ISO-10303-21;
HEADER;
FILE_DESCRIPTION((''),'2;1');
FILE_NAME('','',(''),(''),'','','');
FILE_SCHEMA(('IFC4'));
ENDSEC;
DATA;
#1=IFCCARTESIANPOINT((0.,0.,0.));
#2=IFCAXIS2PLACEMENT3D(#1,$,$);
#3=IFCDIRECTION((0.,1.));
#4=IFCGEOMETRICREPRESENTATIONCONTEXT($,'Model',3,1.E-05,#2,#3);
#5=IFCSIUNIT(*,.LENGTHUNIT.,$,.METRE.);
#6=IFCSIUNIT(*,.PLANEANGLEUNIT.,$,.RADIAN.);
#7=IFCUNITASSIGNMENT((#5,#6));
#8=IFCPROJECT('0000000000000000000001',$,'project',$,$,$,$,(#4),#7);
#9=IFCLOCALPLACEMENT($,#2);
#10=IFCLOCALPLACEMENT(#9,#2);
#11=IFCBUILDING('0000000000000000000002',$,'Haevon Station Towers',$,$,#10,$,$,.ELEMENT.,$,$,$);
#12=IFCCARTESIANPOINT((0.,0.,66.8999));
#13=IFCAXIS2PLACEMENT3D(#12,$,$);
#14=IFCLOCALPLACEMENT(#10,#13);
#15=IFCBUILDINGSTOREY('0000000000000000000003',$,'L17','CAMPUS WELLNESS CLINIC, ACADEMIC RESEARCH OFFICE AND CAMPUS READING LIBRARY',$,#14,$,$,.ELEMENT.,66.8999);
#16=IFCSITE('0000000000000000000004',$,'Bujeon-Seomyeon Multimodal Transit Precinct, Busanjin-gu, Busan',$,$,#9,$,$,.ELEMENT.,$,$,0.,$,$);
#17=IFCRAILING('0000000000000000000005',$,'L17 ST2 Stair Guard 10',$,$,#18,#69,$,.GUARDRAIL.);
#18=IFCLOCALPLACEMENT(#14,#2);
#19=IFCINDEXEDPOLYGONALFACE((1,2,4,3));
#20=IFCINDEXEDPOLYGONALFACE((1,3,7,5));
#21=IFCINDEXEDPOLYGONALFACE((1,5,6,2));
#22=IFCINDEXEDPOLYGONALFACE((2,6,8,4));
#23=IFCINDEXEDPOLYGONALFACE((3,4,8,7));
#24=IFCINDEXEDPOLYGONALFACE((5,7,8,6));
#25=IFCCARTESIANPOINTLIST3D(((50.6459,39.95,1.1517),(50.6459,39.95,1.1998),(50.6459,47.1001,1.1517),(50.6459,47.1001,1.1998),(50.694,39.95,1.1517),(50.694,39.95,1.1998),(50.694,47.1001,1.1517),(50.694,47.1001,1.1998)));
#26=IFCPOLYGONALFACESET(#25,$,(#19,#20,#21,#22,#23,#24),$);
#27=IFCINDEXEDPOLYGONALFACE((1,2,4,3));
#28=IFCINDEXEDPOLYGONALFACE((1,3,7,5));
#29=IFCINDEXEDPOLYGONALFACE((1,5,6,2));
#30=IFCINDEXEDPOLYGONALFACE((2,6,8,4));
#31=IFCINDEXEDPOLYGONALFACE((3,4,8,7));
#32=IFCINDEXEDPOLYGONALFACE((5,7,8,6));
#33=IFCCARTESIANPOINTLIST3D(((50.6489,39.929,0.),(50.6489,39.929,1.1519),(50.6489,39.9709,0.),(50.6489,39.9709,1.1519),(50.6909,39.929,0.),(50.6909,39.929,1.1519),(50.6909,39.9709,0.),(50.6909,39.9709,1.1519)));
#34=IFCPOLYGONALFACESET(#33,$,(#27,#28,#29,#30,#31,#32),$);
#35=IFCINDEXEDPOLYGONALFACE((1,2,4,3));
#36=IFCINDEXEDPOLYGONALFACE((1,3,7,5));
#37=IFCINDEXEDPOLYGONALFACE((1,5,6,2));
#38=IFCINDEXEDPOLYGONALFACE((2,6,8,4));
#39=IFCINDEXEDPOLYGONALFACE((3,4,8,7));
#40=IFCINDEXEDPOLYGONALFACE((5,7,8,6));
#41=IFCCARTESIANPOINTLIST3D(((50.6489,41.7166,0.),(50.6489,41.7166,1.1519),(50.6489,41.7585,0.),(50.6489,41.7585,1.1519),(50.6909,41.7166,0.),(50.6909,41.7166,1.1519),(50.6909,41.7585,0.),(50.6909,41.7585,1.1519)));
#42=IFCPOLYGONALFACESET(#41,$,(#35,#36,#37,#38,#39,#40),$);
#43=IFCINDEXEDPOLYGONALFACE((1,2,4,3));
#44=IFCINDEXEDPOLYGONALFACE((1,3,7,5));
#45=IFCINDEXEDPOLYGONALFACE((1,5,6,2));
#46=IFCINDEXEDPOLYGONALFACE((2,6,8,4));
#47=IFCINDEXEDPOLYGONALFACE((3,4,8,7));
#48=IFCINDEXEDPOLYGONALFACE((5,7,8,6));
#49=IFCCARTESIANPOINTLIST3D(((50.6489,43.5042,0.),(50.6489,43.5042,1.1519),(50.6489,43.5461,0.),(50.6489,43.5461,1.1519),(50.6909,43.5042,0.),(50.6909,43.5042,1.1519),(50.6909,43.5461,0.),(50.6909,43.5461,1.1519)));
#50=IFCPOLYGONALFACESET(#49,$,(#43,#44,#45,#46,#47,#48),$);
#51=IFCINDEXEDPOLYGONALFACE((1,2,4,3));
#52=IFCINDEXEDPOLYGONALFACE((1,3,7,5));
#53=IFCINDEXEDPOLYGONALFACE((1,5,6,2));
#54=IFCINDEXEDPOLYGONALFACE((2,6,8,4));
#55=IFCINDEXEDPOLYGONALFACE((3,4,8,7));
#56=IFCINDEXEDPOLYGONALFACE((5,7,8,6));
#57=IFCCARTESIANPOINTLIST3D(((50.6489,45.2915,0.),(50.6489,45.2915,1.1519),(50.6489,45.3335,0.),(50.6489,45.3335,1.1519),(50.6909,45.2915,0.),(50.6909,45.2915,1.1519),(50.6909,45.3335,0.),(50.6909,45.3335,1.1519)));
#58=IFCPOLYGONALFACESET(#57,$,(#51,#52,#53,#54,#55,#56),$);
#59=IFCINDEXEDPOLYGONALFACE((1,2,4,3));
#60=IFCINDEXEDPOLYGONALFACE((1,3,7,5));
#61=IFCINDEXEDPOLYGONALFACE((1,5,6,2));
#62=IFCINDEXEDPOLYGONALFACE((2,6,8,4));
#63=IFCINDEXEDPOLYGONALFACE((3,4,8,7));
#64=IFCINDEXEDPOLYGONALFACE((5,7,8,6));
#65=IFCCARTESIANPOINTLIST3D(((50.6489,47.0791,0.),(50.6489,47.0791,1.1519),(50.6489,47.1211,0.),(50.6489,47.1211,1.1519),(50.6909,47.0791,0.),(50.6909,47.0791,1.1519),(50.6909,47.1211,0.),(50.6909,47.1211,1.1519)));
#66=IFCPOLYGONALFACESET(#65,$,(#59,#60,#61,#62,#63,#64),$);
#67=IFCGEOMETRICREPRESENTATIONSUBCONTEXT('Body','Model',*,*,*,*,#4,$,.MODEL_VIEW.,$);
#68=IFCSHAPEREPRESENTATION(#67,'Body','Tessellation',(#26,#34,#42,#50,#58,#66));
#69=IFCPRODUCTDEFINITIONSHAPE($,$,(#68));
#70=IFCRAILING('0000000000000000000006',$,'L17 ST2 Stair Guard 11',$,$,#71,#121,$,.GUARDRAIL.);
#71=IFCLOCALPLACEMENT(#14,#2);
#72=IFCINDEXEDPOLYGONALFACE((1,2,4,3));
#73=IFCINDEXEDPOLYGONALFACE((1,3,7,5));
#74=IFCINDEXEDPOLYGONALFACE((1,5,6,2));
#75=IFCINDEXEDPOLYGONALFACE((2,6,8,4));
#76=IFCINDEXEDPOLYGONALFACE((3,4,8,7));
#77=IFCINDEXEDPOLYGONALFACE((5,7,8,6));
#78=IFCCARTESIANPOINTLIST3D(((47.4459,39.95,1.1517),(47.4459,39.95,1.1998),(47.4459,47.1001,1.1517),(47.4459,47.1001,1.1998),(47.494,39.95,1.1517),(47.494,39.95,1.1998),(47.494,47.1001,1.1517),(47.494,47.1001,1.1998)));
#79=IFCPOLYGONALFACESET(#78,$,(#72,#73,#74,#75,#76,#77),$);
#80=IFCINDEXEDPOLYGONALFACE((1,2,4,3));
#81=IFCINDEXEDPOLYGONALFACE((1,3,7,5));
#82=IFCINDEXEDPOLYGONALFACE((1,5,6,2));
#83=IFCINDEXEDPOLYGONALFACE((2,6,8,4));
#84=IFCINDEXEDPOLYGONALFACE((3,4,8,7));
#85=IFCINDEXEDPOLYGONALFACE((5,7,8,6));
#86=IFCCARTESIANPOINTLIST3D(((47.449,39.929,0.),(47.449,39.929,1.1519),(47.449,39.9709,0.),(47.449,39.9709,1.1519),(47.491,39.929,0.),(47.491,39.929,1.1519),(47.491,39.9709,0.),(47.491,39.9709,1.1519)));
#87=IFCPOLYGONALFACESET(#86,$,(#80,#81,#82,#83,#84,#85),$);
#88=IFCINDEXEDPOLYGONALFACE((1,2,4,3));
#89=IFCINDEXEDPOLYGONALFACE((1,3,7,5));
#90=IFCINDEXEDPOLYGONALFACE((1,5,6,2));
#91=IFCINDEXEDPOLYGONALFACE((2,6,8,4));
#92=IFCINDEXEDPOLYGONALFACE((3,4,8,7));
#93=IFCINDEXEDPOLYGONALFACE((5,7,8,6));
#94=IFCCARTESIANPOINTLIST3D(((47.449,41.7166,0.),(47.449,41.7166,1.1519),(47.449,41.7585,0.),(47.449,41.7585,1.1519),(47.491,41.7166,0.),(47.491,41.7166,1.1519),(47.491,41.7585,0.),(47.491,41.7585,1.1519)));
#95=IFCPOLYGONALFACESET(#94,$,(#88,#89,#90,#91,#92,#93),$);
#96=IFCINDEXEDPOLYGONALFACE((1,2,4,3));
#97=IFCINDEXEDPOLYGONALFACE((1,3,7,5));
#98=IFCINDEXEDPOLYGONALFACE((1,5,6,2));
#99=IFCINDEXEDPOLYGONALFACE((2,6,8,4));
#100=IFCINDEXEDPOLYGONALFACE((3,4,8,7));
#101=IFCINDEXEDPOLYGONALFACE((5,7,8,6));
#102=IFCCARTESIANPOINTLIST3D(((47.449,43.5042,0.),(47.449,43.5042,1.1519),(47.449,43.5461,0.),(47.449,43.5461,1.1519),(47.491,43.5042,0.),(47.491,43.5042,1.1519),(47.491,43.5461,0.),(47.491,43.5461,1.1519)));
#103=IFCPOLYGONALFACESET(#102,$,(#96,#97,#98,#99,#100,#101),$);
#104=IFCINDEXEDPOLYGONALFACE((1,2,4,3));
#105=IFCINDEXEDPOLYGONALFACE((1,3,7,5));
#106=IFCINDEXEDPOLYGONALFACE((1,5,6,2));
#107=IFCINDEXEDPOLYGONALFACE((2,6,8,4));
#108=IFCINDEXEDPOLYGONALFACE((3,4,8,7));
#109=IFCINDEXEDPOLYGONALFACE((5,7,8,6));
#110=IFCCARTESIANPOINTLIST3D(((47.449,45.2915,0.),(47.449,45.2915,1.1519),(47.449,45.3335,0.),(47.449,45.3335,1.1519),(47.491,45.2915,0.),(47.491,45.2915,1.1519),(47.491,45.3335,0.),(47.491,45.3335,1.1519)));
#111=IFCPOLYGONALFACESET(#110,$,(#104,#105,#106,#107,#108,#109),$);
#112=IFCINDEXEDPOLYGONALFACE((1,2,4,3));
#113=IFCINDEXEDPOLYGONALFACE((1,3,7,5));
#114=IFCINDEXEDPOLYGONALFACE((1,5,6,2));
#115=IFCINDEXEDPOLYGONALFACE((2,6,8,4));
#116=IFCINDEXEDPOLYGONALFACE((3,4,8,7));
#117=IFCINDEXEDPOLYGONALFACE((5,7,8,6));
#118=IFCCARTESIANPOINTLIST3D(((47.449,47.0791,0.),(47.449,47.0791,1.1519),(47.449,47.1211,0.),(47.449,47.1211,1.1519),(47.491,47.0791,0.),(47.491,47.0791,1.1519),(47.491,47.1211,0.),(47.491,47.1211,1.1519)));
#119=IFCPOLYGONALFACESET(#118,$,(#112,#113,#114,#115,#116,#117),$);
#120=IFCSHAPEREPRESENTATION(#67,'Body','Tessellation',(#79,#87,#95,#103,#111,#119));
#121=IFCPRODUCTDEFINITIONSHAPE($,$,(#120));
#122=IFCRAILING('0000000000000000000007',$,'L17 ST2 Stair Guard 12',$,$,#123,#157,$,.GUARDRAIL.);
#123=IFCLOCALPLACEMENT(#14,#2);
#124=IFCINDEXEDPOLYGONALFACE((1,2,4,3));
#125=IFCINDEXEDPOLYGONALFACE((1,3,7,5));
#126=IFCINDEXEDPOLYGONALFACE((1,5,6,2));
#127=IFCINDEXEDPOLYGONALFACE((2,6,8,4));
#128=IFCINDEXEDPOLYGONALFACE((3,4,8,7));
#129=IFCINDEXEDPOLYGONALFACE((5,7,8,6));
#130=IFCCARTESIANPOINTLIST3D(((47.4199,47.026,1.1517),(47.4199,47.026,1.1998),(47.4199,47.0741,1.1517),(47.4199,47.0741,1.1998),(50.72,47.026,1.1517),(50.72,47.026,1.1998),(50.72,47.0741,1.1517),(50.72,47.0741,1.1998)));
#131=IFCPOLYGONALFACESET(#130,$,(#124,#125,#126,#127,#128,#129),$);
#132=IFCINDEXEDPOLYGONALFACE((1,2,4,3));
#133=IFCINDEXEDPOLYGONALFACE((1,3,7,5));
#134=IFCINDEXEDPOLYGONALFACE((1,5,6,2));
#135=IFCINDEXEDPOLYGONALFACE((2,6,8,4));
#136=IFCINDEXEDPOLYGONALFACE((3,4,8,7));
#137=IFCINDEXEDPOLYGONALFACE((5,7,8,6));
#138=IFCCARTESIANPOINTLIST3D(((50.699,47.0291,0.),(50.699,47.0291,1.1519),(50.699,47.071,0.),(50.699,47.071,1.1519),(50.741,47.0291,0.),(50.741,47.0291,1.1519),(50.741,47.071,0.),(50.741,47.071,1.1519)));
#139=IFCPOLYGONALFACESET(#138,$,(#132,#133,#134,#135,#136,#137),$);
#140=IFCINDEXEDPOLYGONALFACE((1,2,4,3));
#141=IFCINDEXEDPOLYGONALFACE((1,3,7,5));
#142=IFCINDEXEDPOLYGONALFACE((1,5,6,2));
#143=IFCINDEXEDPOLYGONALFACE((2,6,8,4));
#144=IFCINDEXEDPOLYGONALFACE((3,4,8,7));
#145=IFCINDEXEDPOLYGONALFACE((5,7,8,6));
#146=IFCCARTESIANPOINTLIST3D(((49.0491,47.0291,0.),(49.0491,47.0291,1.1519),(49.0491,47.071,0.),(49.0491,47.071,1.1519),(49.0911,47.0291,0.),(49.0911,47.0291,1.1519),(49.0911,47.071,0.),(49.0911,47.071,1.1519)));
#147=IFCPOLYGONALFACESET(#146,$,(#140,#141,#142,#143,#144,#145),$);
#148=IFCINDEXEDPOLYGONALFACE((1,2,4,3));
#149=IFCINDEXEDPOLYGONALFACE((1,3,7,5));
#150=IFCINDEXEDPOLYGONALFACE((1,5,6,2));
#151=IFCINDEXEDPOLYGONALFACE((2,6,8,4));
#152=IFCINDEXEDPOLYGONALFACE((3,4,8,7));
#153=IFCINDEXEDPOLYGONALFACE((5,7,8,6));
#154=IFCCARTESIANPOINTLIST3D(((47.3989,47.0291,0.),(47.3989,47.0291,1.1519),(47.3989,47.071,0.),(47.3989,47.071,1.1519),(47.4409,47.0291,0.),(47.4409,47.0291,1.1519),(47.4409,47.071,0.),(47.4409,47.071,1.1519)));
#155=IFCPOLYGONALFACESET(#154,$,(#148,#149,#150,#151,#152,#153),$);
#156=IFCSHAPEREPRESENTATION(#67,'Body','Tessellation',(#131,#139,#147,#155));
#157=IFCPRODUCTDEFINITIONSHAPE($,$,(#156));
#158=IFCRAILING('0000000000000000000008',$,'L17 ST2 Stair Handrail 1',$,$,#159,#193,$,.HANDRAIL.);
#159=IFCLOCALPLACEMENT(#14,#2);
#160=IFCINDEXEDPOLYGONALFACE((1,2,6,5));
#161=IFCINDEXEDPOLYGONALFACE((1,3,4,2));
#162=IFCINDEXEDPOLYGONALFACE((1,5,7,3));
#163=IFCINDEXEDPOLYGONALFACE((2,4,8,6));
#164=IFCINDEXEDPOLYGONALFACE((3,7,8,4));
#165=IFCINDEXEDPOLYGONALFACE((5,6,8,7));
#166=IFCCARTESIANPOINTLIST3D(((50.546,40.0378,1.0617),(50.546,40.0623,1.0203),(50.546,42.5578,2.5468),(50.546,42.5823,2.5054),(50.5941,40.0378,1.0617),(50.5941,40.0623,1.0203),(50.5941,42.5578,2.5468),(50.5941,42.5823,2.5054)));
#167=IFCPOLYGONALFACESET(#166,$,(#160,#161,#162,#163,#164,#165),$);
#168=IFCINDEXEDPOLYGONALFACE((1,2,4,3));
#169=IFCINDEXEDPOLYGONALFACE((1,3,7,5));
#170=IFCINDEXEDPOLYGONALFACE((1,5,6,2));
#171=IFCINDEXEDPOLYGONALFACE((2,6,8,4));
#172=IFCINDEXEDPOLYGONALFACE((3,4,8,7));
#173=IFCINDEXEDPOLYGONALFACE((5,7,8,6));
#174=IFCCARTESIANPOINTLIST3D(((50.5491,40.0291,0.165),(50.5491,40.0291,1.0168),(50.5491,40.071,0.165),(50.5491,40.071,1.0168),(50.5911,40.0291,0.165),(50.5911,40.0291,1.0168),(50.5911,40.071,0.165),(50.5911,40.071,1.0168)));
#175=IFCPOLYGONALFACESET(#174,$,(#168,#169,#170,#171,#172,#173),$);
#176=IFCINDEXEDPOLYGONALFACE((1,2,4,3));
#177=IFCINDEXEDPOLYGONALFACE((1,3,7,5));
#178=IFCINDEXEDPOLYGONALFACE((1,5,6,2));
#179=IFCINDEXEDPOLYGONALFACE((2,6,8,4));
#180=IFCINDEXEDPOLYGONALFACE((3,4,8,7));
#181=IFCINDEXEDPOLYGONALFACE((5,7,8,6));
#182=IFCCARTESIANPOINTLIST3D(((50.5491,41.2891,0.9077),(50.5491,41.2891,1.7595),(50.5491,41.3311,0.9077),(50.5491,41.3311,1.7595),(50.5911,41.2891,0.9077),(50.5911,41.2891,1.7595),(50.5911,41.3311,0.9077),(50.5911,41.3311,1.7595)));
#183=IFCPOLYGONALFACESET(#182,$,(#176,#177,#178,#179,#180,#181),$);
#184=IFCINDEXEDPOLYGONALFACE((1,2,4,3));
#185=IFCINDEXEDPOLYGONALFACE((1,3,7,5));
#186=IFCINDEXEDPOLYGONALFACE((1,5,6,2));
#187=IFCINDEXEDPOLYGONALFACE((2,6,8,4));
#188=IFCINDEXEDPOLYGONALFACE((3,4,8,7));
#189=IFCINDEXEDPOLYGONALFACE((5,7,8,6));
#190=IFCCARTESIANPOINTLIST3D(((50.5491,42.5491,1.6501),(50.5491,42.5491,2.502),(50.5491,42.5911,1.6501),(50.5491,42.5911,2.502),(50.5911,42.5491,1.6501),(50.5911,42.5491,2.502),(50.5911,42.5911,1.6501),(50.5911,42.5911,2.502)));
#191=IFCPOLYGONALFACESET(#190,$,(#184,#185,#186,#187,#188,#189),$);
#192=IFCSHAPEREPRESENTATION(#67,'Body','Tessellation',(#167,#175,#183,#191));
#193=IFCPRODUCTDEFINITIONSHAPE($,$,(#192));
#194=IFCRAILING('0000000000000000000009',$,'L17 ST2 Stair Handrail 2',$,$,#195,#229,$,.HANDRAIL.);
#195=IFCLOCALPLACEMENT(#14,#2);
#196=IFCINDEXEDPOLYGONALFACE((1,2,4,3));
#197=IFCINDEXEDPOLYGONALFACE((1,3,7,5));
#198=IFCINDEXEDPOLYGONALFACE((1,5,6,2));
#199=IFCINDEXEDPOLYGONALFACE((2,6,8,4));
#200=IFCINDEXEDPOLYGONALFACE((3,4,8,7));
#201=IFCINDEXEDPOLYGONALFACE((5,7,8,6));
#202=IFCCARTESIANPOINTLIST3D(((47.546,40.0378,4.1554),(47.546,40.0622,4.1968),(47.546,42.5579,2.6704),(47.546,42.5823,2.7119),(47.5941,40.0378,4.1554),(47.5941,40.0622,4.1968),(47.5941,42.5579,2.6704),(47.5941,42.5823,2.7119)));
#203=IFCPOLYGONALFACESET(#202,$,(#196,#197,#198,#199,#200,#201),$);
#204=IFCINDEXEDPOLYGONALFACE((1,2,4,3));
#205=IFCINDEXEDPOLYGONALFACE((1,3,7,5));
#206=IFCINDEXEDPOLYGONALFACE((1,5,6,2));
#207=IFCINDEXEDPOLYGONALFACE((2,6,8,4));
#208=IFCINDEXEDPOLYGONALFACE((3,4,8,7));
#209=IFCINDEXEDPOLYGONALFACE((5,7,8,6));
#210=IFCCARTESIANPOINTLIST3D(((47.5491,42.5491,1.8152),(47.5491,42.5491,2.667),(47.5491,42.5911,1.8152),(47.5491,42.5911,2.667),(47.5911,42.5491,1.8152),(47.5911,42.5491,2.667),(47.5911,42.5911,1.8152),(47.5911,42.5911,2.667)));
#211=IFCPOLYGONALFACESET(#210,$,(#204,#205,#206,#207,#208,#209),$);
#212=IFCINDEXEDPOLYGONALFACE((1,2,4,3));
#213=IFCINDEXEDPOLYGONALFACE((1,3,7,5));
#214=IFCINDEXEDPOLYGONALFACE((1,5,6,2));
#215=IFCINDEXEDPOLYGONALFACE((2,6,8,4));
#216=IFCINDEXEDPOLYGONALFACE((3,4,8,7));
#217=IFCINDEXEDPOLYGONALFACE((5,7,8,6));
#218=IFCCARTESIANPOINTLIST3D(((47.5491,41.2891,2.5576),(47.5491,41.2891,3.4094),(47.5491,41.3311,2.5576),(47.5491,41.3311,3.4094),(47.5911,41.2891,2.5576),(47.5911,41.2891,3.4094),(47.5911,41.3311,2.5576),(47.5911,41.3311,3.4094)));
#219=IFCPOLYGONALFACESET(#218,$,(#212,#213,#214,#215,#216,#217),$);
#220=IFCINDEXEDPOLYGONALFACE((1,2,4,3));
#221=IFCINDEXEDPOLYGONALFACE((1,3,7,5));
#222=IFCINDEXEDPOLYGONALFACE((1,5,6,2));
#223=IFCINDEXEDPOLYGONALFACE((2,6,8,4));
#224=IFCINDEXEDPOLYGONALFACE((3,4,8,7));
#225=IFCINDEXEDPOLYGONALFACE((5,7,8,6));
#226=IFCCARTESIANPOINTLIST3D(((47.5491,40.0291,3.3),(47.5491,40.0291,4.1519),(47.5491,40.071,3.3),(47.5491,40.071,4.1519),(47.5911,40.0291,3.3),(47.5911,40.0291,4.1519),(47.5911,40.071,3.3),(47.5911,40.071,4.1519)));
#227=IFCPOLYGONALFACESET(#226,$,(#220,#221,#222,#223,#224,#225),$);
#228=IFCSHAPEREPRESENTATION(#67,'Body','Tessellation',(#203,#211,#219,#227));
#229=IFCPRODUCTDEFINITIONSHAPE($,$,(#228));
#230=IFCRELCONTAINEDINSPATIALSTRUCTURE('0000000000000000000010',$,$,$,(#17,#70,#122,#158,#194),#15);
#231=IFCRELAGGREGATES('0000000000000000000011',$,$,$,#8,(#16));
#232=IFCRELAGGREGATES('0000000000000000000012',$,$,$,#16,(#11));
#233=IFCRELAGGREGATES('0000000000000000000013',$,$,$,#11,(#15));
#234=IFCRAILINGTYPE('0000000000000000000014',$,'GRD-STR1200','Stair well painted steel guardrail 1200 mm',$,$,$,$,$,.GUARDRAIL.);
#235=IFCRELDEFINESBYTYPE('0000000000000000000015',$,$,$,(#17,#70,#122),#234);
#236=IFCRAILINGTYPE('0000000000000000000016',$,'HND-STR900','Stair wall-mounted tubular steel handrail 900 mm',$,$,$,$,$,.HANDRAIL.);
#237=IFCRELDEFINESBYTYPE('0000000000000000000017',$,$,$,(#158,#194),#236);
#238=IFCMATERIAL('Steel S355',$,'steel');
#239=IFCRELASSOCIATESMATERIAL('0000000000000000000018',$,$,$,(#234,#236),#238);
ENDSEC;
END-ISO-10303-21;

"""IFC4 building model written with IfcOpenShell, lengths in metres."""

from ifc_helpers import new_model, si_unit, direction, frame, origin, origin_2d, place, context, subcontext, project, spatial, rectangle, extrude, material, type_object, element, save


model = new_model("IFC4")

# Units and contexts
model_context = context("Model", 3, precision=1e-05, world=origin(), true_north=direction((0.0, 1.0)))
body_context = subcontext(model_context, "Body", "Model", "MODEL_VIEW")
ifc_project = project(units=[si_unit("LENGTHUNIT", "METRE"), si_unit("PLANEANGLEUNIT", "RADIAN")], contexts=[model_context])

# Site, building, storey
site_placement = place(None, origin())
site = spatial("IfcSite", under=ifc_project, at=site_placement, Name="Bujeon-Seomyeon Multimodal Transit Precinct, Busanjin-gu, Busan", CompositionType="ELEMENT", RefElevation=0.0)
building_placement = place(site_placement, origin())
building = spatial("IfcBuilding", under=site, at=building_placement, Name="Haevon Station Towers", CompositionType="ELEMENT")
storey_placement = place(building_placement, frame((0.0, 0.0, 66.8999)))
storey = spatial("IfcBuildingStorey", under=building, at=storey_placement, Name="L17", Description="CAMPUS WELLNESS CLINIC, ACADEMIC RESEARCH OFFICE AND CAMPUS READING LIBRARY", CompositionType="ELEMENT", Elevation=66.8999)

# Shared definitions
ifc_material_1 = material(Name="Steel S355", Category="steel")

# Railings
railing_type_1 = type_object("IfcRailingType", Name="GRD-STR1200", Description="Stair well painted steel guardrail 1200 mm", PredefinedType="GUARDRAIL", material=ifc_material_1)
for number, where, name in (
    (1, (50.6699, 39.95, 0.0), "L17 ST2 Stair Guard 10"),
    (2, (47.47, 39.95, 0.0), "L17 ST2 Stair Guard 11"),
):
    element("IfcRailing", number, at=place(storey_placement, frame(where)), inside=storey, type_object=railing_type_1, Name=name, PredefinedType="GUARDRAIL", context=body_context, shape_type="SweptSolid", body=[
        extrude(rectangle(XDim=0.0481, YDim=0.0481, at=origin_2d()), frame((0.0, 0.0, 1.1758), z_axis=(0.0, 1.0, 0.0), x_axis=(-1.0, 0.0, 0.0)), (0.0, 0.0, 1.0), 7.1501),
        extrude(rectangle(XDim=0.042, YDim=0.042, at=origin_2d()), origin(), (0.0, 0.0, 1.0), 1.1519),
        extrude(rectangle(XDim=0.042, YDim=0.042, at=origin_2d()), frame((0.0, 1.7876, 0.0)), (0.0, 0.0, 1.0), 1.1519),
        extrude(rectangle(XDim=0.042, YDim=0.042, at=origin_2d()), frame((0.0, 3.5752, 0.0)), (0.0, 0.0, 1.0), 1.1519),
        extrude(rectangle(XDim=0.042, YDim=0.042, at=origin_2d()), frame((0.0, 5.3625, 0.0)), (0.0, 0.0, 1.0), 1.1519),
        extrude(rectangle(XDim=0.042, YDim=0.042, at=origin_2d()), frame((0.0, 7.1501, 0.0)), (0.0, 0.0, 1.0), 1.1519),
    ])
railing_1_placement = place(storey_placement, frame((50.72, 47.05, 0.0)))
element("IfcRailing", 3, at=railing_1_placement, inside=storey, type_object=railing_type_1, Name="L17 ST2 Stair Guard 12", PredefinedType="GUARDRAIL", context=body_context, shape_type="SweptSolid", body=[
    extrude(rectangle(XDim=0.0481, YDim=0.0481, at=origin_2d()), frame((0.0, 0.0, 1.1758), z_axis=(-1.0, 0.0, 0.0), x_axis=(0.0, -1.0, 0.0)), (0.0, 0.0, 1.0), 3.3),
    extrude(rectangle(XDim=0.042, YDim=0.042, at=origin_2d()), origin(), (0.0, 0.0, 1.0), 1.1519),
    extrude(rectangle(XDim=0.042, YDim=0.042, at=origin_2d()), frame((-1.6499, 0.0, 0.0)), (0.0, 0.0, 1.0), 1.1519),
    extrude(rectangle(XDim=0.042, YDim=0.042, at=origin_2d()), frame((-3.3, 0.0, 0.0)), (0.0, 0.0, 1.0), 1.1519),
])
railing_type_2 = type_object("IfcRailingType", Name="HND-STR900", Description="Stair wall-mounted tubular steel handrail 900 mm", PredefinedType="HANDRAIL", material=ifc_material_1)
railing_2_placement = place(storey_placement, frame((50.5701, 40.05, 0.165)))
element("IfcRailing", 4, at=railing_2_placement, inside=storey, type_object=railing_type_2, Name="L17 ST2 Stair Handrail 1", PredefinedType="HANDRAIL", context=body_context, shape_type="SweptSolid", body=[
    extrude(rectangle(XDim=0.0481, YDim=0.0481, at=origin_2d()), frame((0.0, 0.0, 0.876), z_axis=(0.0, 0.861524, 0.507717), x_axis=(-1.0, 0.0, 0.0)), (0.0, 0.0, 1.0), 2.925),
    extrude(rectangle(XDim=0.042, YDim=0.042, at=origin_2d()), origin(), (0.0, 0.0, 1.0), 0.8518),
    extrude(rectangle(XDim=0.042, YDim=0.042, at=origin_2d()), frame((0.0, 1.26, 0.7427)), (0.0, 0.0, 1.0), 0.8518),
    extrude(rectangle(XDim=0.042, YDim=0.042, at=origin_2d()), frame((0.0, 2.52, 1.4851)), (0.0, 0.0, 1.0), 0.8518),
])
railing_3_placement = place(storey_placement, frame((47.5701, 42.5701, 1.8152)))
element("IfcRailing", 5, at=railing_3_placement, inside=storey, type_object=railing_type_2, Name="L17 ST2 Stair Handrail 2", PredefinedType="HANDRAIL", context=body_context, shape_type="SweptSolid", body=[
    extrude(rectangle(XDim=0.0481, YDim=0.0481, at=origin_2d()), frame((0.0, 0.0, 0.876), z_axis=(0.0, -0.861561, 0.507655), x_axis=(1.0, 0.0, 0.0)), (0.0, 0.0, 1.0), 2.925),
    extrude(rectangle(XDim=0.042, YDim=0.042, at=origin_2d()), origin(), (0.0, 0.0, 1.0), 0.8518),
    extrude(rectangle(XDim=0.042, YDim=0.042, at=origin_2d()), frame((0.0, -1.26, 0.7424)), (0.0, 0.0, 1.0), 0.8518),
    extrude(rectangle(XDim=0.042, YDim=0.042, at=origin_2d()), frame((0.0, -2.52, 1.4849)), (0.0, 0.0, 1.0), 0.8518),
])

save(model, "model.ifc")
